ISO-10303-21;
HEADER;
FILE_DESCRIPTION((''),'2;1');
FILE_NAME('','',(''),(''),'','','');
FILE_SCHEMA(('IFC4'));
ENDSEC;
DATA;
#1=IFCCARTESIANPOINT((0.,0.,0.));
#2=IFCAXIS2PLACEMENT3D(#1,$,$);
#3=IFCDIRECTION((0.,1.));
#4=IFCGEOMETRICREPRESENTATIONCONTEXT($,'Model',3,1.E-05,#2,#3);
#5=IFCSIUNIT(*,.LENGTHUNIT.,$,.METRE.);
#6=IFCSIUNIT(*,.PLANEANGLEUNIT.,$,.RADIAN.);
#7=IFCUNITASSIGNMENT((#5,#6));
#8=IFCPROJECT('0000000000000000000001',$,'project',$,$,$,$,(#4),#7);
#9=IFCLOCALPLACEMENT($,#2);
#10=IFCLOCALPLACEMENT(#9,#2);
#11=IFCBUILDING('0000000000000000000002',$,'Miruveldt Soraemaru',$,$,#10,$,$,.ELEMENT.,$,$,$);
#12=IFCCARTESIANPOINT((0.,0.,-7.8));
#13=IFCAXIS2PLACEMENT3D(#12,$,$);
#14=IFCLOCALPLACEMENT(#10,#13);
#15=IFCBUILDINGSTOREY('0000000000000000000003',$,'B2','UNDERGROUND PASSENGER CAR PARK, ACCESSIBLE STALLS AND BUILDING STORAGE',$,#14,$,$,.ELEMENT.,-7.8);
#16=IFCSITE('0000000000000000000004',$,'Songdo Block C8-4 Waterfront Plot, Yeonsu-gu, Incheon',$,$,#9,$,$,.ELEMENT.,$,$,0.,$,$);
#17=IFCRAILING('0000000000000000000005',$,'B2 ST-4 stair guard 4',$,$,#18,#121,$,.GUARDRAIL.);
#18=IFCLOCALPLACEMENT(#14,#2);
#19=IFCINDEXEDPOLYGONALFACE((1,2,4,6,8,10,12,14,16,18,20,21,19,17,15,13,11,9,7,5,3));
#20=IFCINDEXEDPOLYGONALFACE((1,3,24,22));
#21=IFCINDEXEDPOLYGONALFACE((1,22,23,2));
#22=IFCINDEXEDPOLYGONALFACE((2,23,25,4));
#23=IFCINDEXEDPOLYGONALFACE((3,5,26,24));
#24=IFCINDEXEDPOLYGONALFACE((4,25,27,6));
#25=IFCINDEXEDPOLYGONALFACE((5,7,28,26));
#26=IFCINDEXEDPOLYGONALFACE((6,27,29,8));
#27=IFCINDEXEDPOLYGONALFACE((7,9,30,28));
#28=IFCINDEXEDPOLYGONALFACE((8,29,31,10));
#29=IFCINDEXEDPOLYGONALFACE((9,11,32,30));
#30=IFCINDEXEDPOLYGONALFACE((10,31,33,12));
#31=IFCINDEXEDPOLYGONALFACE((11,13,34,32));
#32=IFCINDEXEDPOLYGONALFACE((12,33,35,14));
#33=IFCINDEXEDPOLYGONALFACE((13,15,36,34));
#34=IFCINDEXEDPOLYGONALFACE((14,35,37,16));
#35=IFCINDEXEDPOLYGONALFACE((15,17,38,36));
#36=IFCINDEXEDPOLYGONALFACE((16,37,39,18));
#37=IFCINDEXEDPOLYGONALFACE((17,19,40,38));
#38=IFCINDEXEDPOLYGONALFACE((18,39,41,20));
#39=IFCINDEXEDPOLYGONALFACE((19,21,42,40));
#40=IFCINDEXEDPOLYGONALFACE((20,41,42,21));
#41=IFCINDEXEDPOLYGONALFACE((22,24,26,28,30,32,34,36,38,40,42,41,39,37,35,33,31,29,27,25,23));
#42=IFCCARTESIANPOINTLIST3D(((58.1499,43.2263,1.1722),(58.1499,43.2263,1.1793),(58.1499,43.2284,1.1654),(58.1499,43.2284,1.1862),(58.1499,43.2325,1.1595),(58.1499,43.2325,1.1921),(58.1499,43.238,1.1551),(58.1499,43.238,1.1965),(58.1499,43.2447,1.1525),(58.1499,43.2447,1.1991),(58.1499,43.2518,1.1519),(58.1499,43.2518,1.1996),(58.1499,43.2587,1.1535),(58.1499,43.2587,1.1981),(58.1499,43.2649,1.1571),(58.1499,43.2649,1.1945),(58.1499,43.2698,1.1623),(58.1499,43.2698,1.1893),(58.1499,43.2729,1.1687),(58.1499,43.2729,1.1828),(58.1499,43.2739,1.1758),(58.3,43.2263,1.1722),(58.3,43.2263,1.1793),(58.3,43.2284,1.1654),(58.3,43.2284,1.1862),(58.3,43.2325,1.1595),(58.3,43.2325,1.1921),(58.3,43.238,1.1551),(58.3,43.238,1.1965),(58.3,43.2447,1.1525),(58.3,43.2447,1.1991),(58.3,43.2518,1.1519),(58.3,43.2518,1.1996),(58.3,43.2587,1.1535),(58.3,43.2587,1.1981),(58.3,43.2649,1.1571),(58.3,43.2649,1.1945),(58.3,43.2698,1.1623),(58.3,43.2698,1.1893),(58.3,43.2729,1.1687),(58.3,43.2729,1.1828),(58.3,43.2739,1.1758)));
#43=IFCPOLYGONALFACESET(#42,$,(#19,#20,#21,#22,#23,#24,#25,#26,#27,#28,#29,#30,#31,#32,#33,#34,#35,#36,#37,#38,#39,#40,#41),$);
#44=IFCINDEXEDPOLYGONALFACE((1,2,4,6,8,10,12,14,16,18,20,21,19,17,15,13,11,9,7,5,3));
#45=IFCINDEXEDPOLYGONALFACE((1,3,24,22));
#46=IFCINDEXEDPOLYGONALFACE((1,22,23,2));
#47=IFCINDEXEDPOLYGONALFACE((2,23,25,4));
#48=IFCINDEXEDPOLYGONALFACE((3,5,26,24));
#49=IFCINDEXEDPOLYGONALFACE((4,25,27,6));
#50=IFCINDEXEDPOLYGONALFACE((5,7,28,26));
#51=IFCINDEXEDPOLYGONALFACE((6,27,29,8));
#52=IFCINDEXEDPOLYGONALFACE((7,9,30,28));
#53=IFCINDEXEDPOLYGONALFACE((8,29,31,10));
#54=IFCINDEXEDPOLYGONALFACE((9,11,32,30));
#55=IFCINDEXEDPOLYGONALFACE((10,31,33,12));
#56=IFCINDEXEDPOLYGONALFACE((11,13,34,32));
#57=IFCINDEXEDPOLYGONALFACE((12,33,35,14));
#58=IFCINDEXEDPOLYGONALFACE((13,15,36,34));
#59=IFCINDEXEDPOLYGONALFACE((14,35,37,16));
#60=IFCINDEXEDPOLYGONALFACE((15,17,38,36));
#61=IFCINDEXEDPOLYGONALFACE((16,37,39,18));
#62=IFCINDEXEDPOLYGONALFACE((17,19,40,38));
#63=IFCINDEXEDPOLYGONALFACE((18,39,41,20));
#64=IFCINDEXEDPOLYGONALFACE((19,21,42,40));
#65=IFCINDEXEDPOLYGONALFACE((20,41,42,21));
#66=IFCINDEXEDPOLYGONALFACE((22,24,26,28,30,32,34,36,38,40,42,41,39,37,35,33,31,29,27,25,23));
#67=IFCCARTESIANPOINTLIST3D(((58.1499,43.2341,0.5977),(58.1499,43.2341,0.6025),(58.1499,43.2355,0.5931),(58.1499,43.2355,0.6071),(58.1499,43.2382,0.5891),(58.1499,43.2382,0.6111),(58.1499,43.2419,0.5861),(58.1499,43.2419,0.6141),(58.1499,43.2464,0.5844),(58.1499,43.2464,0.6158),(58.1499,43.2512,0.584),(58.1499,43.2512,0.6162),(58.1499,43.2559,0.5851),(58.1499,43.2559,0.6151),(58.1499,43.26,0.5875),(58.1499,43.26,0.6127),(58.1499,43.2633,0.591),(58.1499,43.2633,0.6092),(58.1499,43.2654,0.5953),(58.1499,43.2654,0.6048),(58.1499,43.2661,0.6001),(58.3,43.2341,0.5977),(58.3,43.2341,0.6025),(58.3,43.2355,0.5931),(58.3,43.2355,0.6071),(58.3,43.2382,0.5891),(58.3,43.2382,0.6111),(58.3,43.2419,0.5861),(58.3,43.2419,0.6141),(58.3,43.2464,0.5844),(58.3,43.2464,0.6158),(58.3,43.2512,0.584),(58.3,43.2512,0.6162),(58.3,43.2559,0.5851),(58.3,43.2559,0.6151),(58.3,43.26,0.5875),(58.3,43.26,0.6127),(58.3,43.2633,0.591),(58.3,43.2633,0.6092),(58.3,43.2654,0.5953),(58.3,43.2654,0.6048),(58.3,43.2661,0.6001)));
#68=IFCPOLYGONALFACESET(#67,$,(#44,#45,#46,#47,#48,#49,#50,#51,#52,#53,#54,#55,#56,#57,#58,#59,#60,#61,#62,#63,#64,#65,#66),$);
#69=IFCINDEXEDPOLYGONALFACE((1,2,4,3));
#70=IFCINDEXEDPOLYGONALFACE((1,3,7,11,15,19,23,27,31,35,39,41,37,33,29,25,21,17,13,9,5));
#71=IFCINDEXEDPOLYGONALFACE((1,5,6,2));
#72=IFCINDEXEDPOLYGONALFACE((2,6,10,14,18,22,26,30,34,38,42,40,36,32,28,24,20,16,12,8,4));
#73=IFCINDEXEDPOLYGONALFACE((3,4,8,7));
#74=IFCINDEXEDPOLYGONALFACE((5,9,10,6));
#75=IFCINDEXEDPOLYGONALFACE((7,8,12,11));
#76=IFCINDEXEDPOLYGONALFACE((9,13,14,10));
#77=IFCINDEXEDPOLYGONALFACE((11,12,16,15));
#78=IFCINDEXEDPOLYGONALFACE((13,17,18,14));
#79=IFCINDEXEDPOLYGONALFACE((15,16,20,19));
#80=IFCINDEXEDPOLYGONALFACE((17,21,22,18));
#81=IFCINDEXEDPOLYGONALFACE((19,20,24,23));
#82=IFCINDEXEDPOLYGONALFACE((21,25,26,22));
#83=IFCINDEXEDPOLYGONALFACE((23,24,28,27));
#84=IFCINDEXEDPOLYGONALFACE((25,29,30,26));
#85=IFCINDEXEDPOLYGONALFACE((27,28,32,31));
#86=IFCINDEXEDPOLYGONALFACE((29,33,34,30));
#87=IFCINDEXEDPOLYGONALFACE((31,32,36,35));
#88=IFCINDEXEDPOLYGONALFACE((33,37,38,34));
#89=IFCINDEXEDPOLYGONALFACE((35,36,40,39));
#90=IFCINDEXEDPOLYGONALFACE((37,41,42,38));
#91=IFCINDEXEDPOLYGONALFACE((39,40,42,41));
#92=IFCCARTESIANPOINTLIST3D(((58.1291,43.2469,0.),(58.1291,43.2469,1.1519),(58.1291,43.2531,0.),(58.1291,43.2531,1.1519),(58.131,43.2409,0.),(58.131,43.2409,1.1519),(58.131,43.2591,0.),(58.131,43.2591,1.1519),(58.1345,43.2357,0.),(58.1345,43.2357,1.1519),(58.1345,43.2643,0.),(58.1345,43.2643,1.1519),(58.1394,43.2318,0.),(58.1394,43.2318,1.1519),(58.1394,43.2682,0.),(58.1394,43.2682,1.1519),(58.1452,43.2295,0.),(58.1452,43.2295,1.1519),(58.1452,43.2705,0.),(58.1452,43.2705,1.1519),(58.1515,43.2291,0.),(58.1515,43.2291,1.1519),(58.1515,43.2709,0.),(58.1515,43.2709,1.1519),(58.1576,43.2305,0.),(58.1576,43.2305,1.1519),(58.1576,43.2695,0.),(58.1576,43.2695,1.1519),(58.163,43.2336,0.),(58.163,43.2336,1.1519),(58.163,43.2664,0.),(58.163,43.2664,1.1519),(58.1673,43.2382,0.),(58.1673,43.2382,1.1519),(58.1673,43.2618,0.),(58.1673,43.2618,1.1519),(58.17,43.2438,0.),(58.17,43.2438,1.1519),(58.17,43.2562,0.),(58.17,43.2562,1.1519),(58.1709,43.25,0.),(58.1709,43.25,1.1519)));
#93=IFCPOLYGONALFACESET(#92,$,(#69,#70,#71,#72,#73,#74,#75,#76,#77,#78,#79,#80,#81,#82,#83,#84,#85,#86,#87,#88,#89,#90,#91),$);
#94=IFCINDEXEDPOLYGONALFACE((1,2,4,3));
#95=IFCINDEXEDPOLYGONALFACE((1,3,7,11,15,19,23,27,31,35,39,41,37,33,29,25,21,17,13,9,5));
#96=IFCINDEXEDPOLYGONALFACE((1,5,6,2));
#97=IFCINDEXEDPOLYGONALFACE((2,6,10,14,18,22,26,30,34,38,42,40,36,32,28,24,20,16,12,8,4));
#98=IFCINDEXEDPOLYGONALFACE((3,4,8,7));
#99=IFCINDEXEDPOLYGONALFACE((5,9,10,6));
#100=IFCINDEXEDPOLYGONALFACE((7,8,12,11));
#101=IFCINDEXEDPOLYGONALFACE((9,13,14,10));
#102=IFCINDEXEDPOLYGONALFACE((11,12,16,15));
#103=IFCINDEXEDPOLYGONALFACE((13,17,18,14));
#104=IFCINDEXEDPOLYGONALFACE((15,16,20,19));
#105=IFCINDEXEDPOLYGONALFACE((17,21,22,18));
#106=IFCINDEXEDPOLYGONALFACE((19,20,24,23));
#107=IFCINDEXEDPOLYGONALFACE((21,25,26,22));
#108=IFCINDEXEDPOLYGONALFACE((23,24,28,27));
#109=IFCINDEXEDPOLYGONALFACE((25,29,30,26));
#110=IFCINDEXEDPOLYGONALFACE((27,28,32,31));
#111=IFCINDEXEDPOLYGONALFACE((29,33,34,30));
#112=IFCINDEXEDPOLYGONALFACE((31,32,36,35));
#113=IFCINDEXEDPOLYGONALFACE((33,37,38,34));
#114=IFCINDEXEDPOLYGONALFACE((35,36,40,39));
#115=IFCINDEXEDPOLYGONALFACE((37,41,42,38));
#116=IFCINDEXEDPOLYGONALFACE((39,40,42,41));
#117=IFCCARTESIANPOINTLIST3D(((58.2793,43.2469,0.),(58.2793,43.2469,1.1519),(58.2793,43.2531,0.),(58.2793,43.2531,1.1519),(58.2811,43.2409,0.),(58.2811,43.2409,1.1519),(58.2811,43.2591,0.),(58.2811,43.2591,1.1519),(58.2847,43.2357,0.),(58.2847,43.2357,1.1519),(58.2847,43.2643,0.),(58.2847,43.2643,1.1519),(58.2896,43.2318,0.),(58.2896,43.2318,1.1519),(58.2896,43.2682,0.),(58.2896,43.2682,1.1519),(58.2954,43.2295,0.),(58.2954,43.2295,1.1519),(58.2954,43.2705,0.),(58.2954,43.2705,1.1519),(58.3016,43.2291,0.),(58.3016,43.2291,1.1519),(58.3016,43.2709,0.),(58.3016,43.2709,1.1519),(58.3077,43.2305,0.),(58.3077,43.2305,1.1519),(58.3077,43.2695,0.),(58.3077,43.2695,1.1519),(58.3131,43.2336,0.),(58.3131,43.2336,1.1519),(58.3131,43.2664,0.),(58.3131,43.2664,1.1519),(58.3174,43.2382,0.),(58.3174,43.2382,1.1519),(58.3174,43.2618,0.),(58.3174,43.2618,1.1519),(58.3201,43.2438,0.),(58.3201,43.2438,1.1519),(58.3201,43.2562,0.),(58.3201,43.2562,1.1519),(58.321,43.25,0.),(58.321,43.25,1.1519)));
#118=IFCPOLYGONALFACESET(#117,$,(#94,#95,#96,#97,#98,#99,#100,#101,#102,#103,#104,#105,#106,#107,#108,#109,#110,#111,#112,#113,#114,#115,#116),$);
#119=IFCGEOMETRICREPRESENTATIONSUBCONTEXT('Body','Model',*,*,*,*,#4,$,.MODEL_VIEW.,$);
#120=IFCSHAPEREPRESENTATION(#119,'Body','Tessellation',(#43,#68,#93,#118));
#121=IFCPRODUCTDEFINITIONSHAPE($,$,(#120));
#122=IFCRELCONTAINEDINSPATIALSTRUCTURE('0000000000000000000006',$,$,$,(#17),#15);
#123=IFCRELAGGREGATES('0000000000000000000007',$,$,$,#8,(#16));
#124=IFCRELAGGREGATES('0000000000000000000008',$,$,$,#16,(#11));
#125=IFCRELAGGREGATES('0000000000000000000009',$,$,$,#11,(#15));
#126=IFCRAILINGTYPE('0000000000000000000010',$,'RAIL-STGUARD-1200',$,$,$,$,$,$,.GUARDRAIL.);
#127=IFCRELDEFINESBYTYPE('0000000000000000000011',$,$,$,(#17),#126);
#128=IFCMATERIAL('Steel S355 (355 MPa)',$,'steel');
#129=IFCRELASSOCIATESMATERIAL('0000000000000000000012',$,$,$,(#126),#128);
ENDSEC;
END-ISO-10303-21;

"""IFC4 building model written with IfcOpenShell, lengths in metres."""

from ifc_helpers import new_model, si_unit, direction, frame, origin, origin_2d, place, context, subcontext, project, spatial, circle, extrude, material, type_object, element, save


model = new_model("IFC4")

# Units and contexts
model_context = context("Model", 3, precision=1e-05, world=origin(), true_north=direction((0.0, 1.0)))
body_context = subcontext(model_context, "Body", "Model", "MODEL_VIEW")
ifc_project = project(units=[si_unit("LENGTHUNIT", "METRE"), si_unit("PLANEANGLEUNIT", "RADIAN")], contexts=[model_context])

# Site, building, storey
site_placement = place(None, origin())
site = spatial("IfcSite", under=ifc_project, at=site_placement, Name="Songdo Block C8-4 Waterfront Plot, Yeonsu-gu, Incheon", CompositionType="ELEMENT", RefElevation=0.0)
building_placement = place(site_placement, origin())
building = spatial("IfcBuilding", under=site, at=building_placement, Name="Miruveldt Soraemaru", CompositionType="ELEMENT")
storey_placement = place(building_placement, frame((0.0, 0.0, -7.8)))
storey = spatial("IfcBuildingStorey", under=building, at=storey_placement, Name="B2", Description="UNDERGROUND PASSENGER CAR PARK, ACCESSIBLE STALLS AND BUILDING STORAGE", CompositionType="ELEMENT", Elevation=-7.8)

# Shared definitions
ifc_material_1 = material(Name="Steel S355 (355 MPa)", Category="steel")

# Railing
railing_type_1 = type_object("IfcRailingType", Name="RAIL-STGUARD-1200", PredefinedType="GUARDRAIL", material=ifc_material_1)
railing_1_placement = place(storey_placement, frame((58.1499, 43.25, 0.0)))
element("IfcRailing", 1, at=railing_1_placement, inside=storey, type_object=railing_type_1, Name="B2 ST-4 stair guard 4", PredefinedType="GUARDRAIL", context=body_context, shape_type="SweptSolid", body=[
    extrude(circle(Radius=0.0239, at=origin_2d()), frame((0.0, 0.0, 1.1758), z_axis=(1.0, 0.0, 0.0), x_axis=(0.0, 1.0, 0.0)), (0.0, 0.0, 1.0), 0.1501),
    extrude(circle(Radius=0.0161, at=origin_2d()), frame((0.0, 0.0, 0.6001), z_axis=(1.0, 0.0, 0.0), x_axis=(0.0, 1.0, 0.0)), (0.0, 0.0, 1.0), 0.1501),
    extrude(circle(Radius=0.021, at=origin_2d()), origin(), (0.0, 0.0, 1.0), 1.1519),
    extrude(circle(Radius=0.021, at=origin_2d()), frame((0.1501, 0.0, 0.0)), (0.0, 0.0, 1.0), 1.1519),
])

save(model, "model.ifc")
